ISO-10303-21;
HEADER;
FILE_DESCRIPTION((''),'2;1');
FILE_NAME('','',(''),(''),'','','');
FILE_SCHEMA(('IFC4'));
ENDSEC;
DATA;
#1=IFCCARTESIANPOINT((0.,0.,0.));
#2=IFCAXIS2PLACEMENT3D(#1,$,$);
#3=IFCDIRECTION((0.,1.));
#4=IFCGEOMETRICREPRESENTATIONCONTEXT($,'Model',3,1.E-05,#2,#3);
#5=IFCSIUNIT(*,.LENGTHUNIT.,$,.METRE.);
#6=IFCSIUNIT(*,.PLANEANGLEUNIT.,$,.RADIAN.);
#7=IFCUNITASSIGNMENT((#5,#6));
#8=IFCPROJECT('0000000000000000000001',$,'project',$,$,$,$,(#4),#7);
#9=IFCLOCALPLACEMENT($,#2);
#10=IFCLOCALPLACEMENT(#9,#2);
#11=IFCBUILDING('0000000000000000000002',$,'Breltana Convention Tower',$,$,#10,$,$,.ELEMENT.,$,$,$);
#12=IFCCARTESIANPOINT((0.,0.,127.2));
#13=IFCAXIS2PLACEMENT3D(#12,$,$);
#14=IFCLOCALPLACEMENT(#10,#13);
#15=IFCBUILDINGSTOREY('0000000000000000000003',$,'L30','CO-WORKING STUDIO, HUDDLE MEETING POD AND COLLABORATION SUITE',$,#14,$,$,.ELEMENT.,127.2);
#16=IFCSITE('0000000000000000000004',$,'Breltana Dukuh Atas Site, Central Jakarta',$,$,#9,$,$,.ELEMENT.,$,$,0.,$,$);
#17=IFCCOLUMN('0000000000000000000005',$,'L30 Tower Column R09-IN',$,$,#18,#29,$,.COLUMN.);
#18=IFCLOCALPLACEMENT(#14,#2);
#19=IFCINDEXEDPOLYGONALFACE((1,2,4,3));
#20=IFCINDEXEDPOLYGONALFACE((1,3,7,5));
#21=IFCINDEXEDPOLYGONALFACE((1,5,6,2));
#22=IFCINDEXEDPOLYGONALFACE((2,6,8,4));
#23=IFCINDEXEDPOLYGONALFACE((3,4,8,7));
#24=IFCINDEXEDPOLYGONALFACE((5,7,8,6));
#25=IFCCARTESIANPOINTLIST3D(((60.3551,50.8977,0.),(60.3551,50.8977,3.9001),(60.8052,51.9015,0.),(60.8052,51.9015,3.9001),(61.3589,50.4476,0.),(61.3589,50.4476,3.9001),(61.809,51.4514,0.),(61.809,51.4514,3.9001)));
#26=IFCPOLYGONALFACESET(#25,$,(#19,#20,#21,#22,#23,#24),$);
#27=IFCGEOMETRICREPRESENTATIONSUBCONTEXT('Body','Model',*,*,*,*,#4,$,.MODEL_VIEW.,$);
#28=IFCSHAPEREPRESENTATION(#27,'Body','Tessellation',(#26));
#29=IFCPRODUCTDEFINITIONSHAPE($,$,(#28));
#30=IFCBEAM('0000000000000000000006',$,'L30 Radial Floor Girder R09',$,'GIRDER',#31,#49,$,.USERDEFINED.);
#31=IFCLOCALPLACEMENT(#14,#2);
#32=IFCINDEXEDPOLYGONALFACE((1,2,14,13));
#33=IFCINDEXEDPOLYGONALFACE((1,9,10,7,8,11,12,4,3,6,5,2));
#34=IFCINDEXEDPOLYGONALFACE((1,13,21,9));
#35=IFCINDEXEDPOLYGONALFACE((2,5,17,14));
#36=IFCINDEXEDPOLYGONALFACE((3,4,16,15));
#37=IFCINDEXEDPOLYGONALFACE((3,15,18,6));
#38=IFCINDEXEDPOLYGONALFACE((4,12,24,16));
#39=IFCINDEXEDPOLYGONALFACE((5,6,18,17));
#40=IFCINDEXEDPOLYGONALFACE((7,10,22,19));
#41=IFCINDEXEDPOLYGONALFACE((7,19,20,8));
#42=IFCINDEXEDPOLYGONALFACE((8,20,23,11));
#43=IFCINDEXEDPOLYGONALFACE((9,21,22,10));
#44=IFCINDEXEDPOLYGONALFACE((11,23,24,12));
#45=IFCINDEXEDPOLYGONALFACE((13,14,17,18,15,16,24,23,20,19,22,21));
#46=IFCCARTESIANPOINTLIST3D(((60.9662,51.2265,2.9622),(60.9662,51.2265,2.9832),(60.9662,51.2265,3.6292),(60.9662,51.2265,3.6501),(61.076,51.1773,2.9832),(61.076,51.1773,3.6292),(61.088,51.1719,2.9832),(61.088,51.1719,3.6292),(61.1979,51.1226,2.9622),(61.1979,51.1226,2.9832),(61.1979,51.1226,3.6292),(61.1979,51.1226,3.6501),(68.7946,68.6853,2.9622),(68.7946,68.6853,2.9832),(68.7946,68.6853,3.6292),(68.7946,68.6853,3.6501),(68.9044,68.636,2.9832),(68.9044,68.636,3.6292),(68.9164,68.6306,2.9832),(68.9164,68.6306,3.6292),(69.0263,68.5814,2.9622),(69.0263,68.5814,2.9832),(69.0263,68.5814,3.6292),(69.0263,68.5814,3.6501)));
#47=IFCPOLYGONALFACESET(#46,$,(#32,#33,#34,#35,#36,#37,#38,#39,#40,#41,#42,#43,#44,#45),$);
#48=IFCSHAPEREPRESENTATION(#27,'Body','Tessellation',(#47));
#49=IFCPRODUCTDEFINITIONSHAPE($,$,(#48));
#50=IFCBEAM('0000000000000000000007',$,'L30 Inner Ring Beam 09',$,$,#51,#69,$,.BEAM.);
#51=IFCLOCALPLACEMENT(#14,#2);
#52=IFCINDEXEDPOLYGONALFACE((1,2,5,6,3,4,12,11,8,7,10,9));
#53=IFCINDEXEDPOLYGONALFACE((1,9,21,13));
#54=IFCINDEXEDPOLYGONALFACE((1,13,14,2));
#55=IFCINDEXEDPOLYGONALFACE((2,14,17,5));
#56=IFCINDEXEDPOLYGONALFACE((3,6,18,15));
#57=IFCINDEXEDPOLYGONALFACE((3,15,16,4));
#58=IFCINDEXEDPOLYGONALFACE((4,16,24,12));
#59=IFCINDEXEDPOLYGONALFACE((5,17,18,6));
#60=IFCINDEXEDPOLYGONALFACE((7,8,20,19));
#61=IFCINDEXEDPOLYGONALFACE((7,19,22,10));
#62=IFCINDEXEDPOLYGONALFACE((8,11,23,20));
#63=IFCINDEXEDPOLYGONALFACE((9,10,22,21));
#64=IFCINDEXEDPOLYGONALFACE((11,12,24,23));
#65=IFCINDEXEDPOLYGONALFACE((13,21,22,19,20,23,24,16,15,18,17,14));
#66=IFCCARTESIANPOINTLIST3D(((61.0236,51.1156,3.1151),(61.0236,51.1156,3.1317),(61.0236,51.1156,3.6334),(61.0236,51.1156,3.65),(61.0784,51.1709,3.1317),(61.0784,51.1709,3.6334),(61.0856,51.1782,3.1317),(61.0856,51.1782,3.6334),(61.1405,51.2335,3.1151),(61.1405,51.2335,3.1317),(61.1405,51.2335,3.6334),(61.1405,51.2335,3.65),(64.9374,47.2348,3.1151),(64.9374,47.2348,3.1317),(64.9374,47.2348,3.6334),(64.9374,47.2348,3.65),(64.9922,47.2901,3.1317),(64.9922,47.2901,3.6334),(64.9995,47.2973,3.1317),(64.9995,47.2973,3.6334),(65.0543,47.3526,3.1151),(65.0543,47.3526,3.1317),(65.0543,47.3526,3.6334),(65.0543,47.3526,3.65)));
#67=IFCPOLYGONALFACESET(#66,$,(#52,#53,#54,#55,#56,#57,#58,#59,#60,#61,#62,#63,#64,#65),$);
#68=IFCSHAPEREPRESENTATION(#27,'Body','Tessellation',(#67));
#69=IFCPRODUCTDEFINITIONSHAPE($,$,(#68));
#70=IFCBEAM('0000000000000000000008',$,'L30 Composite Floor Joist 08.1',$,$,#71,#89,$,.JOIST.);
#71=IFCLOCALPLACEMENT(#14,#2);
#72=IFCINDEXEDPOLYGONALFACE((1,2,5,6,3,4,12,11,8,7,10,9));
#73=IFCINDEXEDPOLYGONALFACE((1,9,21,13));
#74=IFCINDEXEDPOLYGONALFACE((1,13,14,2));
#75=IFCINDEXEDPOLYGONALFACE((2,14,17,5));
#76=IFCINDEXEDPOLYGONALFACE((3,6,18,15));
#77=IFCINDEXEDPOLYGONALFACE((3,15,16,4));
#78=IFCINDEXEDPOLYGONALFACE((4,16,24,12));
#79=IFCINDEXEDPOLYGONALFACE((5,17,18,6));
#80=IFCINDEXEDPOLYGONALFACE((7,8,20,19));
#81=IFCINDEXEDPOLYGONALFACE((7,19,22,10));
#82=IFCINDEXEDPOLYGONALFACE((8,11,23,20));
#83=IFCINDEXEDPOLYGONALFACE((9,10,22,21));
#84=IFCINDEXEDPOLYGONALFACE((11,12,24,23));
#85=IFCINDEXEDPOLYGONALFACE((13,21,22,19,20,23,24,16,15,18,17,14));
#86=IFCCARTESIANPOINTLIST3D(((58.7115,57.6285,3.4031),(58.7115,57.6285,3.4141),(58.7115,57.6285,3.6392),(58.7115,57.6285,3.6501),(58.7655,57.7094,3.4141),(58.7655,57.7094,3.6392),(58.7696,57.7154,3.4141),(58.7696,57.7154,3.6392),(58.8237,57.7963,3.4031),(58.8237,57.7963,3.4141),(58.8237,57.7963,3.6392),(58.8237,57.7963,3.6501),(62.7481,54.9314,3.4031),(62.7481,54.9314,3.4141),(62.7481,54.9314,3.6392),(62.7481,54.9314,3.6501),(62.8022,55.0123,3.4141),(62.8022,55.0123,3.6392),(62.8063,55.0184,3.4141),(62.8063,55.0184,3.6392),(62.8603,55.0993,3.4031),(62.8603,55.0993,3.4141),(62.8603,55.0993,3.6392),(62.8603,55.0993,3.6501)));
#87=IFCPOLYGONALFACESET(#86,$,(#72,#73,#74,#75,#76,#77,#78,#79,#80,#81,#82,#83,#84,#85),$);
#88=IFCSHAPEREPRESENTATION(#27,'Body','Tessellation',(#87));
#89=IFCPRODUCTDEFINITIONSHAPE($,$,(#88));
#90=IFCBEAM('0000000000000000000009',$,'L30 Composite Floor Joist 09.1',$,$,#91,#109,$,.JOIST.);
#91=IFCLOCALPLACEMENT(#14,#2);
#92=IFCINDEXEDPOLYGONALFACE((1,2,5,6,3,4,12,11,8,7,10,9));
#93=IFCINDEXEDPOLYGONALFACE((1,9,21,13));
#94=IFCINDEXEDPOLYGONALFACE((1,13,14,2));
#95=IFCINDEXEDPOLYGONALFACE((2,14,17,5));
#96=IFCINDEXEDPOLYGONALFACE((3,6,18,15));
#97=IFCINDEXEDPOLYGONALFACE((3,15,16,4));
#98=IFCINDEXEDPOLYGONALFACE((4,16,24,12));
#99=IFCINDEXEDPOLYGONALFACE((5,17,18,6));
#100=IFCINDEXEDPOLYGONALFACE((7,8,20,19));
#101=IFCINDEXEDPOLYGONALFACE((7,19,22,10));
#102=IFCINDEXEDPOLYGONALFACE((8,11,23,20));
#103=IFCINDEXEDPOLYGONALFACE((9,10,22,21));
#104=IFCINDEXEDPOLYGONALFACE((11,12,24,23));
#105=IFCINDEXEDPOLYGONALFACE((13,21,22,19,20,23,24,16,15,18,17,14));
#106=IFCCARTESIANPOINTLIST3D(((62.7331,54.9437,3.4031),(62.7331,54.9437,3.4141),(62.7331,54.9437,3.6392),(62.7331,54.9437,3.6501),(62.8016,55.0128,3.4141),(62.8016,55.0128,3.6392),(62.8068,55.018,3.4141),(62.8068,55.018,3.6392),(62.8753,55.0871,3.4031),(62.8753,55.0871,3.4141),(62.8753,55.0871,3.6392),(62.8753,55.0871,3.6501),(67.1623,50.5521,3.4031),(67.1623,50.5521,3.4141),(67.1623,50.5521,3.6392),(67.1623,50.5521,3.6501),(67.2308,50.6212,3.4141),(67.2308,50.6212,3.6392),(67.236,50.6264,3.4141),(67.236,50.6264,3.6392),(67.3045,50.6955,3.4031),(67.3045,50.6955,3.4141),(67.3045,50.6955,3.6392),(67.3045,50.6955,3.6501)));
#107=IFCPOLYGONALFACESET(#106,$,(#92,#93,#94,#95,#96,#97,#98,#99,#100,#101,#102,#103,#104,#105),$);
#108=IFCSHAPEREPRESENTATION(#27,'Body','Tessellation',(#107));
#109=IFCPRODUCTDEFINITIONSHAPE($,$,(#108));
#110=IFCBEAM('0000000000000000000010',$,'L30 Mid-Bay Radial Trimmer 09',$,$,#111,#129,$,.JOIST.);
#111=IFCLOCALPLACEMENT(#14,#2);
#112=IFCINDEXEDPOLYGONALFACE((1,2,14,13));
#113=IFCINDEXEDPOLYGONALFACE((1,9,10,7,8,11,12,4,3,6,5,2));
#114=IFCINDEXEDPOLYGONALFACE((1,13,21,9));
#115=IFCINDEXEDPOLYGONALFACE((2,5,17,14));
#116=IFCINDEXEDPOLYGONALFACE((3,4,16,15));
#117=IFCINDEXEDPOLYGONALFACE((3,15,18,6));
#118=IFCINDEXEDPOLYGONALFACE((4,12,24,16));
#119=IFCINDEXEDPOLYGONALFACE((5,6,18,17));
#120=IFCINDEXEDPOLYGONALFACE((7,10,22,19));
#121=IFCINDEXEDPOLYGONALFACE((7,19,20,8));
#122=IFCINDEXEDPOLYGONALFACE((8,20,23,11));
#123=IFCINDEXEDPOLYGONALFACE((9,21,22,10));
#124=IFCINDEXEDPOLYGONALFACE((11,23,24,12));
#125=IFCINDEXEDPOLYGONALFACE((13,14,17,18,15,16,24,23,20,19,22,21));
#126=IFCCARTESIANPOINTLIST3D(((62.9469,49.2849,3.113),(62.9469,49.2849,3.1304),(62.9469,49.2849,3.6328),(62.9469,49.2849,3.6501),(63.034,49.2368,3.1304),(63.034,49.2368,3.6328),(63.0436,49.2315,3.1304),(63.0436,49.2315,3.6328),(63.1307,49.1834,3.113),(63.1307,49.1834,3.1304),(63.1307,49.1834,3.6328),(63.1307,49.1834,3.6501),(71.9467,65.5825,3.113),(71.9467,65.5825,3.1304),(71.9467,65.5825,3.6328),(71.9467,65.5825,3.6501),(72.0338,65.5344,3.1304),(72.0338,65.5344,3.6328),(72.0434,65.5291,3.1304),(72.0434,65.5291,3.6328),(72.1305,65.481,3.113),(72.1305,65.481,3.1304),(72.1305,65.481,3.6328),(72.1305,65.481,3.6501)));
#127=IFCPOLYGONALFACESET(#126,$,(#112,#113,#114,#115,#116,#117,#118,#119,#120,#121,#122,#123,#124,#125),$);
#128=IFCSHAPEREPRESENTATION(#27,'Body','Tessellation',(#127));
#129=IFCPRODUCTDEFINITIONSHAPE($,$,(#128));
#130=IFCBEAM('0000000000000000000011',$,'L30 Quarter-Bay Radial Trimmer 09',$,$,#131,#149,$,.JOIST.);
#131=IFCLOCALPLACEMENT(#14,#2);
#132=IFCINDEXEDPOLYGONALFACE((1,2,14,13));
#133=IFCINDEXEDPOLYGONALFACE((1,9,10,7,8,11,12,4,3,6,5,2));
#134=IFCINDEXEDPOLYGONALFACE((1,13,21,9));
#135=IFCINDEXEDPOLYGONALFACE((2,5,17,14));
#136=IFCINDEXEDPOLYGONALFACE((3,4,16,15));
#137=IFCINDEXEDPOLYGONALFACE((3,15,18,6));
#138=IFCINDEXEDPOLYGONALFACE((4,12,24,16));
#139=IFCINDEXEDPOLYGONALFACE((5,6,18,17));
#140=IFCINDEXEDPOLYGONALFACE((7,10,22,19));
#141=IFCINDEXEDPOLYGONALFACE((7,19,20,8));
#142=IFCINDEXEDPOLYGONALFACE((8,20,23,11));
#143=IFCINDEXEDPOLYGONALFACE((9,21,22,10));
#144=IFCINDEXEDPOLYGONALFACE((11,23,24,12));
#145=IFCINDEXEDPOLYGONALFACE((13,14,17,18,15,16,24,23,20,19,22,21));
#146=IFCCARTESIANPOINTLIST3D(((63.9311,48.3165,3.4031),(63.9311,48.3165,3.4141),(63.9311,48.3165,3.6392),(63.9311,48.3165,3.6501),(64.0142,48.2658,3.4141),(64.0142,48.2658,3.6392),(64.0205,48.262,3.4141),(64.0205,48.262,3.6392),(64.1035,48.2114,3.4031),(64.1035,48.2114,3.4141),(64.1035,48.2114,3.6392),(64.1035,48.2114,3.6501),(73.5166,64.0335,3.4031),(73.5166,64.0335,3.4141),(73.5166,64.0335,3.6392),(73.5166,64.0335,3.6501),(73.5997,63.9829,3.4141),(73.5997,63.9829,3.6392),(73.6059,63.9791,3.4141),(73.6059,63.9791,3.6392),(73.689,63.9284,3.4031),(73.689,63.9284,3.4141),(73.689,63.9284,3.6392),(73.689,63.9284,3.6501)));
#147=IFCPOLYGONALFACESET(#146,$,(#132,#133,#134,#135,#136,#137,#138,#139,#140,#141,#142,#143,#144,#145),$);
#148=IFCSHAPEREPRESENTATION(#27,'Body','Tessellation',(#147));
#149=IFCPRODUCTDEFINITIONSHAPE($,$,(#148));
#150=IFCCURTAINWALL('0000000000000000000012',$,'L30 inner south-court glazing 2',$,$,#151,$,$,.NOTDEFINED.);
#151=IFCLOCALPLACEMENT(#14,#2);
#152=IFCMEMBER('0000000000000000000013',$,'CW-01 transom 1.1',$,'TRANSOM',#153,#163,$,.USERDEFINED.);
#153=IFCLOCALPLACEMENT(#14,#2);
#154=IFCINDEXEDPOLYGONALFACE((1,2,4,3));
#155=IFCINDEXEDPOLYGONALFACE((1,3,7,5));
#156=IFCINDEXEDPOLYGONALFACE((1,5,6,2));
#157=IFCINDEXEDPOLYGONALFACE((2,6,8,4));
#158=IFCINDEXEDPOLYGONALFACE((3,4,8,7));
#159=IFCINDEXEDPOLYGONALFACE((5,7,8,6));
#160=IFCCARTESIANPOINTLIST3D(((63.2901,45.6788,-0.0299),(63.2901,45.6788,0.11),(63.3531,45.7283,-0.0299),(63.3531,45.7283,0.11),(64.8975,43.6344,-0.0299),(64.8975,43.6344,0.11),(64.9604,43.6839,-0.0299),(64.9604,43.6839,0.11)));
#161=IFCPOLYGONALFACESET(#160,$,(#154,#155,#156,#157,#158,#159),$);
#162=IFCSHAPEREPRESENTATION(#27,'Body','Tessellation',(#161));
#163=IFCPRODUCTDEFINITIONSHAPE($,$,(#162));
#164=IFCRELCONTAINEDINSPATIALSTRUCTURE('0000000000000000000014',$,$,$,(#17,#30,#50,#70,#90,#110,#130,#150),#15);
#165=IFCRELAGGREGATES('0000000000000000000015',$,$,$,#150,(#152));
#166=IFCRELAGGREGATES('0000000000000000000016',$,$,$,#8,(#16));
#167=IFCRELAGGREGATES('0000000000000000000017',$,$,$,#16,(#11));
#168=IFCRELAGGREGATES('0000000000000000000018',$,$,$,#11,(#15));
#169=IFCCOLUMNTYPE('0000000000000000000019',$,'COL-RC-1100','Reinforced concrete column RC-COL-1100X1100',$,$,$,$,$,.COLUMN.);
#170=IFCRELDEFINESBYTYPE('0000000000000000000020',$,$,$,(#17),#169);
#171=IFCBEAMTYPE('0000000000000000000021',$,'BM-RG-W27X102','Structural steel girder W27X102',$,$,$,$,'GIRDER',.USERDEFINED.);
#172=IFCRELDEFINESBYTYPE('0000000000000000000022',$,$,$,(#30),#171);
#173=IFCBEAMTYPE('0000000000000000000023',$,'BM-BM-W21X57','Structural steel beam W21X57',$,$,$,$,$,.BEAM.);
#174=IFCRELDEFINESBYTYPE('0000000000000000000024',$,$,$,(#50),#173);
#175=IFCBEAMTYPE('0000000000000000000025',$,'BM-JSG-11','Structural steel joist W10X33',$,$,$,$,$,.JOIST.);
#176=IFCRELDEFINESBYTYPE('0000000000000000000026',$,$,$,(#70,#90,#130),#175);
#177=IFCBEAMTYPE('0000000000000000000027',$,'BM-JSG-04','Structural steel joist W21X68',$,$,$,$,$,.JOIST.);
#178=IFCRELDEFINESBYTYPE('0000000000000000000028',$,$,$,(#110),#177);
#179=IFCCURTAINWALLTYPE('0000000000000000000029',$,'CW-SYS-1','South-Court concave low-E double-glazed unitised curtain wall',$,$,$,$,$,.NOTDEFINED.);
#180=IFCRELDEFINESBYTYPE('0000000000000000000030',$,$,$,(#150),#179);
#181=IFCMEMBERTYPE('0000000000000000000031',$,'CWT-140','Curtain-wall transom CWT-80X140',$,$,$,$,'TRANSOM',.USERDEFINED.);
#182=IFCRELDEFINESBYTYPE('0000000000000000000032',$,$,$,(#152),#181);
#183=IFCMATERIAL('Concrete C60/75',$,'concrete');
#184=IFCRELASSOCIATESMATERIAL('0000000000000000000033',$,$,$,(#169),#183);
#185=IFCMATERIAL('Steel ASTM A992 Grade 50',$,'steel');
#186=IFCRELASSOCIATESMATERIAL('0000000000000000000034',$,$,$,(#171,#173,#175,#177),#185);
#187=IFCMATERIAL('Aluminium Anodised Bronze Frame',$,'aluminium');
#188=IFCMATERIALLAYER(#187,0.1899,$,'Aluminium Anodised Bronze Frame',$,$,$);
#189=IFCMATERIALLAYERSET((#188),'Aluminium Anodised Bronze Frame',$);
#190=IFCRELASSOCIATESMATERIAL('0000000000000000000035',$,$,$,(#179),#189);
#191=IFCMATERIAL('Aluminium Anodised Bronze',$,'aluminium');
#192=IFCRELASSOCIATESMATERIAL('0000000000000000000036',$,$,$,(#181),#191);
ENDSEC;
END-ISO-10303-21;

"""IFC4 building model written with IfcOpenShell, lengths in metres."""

from ifc_helpers import new_model, si_unit, direction, frame, origin, origin_2d, place, context, subcontext, project, spatial, rectangle, i_section, extrude, source, transform, mapped, material, layer, layer_set, material_profile, profile_set, type_object, element, aggregate, save


model = new_model("IFC4")

# Units and contexts
model_context = context("Model", 3, precision=1e-05, world=origin(), true_north=direction((0.0, 1.0)))
body_context = subcontext(model_context, "Body", "Model", "MODEL_VIEW")
ifc_project = project(units=[si_unit("LENGTHUNIT", "METRE"), si_unit("PLANEANGLEUNIT", "RADIAN")], contexts=[model_context])

# Site, building, storey
site_placement = place(None, origin())
site = spatial("IfcSite", under=ifc_project, at=site_placement, Name="Breltana Dukuh Atas Site, Central Jakarta", CompositionType="ELEMENT", RefElevation=0.0)
building_placement = place(site_placement, origin())
building = spatial("IfcBuilding", under=site, at=building_placement, Name="Breltana Convention Tower", CompositionType="ELEMENT")
storey_placement = place(building_placement, frame((0.0, 0.0, 127.2)))
storey = spatial("IfcBuildingStorey", under=building, at=storey_placement, Name="L30", Description="CO-WORKING STUDIO, HUDDLE MEETING POD AND COLLABORATION SUITE", CompositionType="ELEMENT", Elevation=127.2)

# Column
ifc_material_1 = material(Name="Concrete C60/75", Category="concrete")
ifc_material_profile_1 = material_profile(ifc_material_1, rectangle(XDim=1.1001, YDim=1.1001, at=origin_2d()), Name="RC-COL-1100X1100")
ifc_profile_set_1 = profile_set([ifc_material_profile_1], Name="Concrete C60/75")
column_type = type_object("IfcColumnType", Name="COL-RC-1100", Description="Reinforced concrete column RC-COL-1100X1100", PredefinedType="COLUMN", material=ifc_profile_set_1)
shared_shape_1 = source(origin(), body_context, "Body", "SweptSolid", [
    extrude(rectangle(XDim=1.1001, YDim=1.1001, at=origin_2d()), origin(), (0.0, 0.0, 1.0), 3.9001),
])
column_placement = place(storey_placement, frame((61.082, 51.1746, 0.0), z_axis=(0.0, 0.0, 1.0), x_axis=(0.409127, 0.912477, 0.0)))
element("IfcColumn", 1, at=column_placement, inside=storey, type_object=column_type, Name="L30 Tower Column R09-IN", PredefinedType="COLUMN", context=body_context, shape_type="MappedRepresentation", body=[
    mapped(shared_shape_1, transform((0.0, 0.0, 0.0), scale=1.0)),
])

# Beams
ifc_material_2 = material(Name="Steel ASTM A992 Grade 50", Category="steel")
ifc_material_profile_2 = material_profile(ifc_material_2, i_section(OverallWidth=0.2539, OverallDepth=0.688, WebThickness=0.0132, FlangeThickness=0.021, at=origin_2d()), Name="W27X102")
ifc_profile_set_2 = profile_set([ifc_material_profile_2], Name="Steel ASTM A992 Grade 50")
beam_type_1 = type_object("IfcBeamType", Name="BM-RG-W27X102", Description="Structural steel girder W27X102", ElementType="GIRDER", PredefinedType="USERDEFINED", material=ifc_profile_set_2)
shared_shape_2 = source(origin(), body_context, "Body", "SweptSolid", [
    extrude(i_section(OverallWidth=0.2539, OverallDepth=0.688, WebThickness=0.0132, FlangeThickness=0.021, at=origin_2d()), origin(), (0.0, 0.0, 1.0), 19.1335),
])
beam_1_placement = place(storey_placement, frame((61.082, 51.1746, 3.3062), z_axis=(0.409145, 0.91247, 0.0), x_axis=(-0.91247, 0.409145, 0.0)))
element("IfcBeam", 2, at=beam_1_placement, inside=storey, type_object=beam_type_1, Name="L30 Radial Floor Girder R09", ObjectType="GIRDER", PredefinedType="USERDEFINED", context=body_context, shape_type="MappedRepresentation", body=[
    mapped(shared_shape_2, transform((0.0, 0.0, 0.0), scale=1.0)),
])
ifc_material_profile_3 = material_profile(ifc_material_2, i_section(OverallWidth=0.166, OverallDepth=0.5349, WebThickness=0.0103, FlangeThickness=0.0166, at=origin_2d()), Name="W21X57")
ifc_profile_set_3 = profile_set([ifc_material_profile_3], Name="Steel ASTM A992 Grade 50")
beam_type_2 = type_object("IfcBeamType", Name="BM-BM-W21X57", Description="Structural steel beam W21X57", PredefinedType="BEAM", material=ifc_profile_set_3)
shared_shape_3 = source(origin(), body_context, "Body", "SweptSolid", [
    extrude(i_section(OverallWidth=0.166, OverallDepth=0.5349, WebThickness=0.0103, FlangeThickness=0.0166, at=origin_2d()), origin(), (0.0, 0.0, 1.0), 5.5117),
])
beam_2_placement = place(storey_placement, frame((61.082, 51.1746, 3.3826), z_axis=(0.71009, -0.704111, 0.0), x_axis=(0.704111, 0.71009, 0.0)))
element("IfcBeam", 3, at=beam_2_placement, inside=storey, type_object=beam_type_2, Name="L30 Inner Ring Beam 09", PredefinedType="BEAM", context=body_context, shape_type="MappedRepresentation", body=[
    mapped(shared_shape_3, transform((0.0, 0.0, 0.0), scale=1.0)),
])
ifc_material_profile_4 = material_profile(ifc_material_2, i_section(OverallWidth=0.2019, OverallDepth=0.2471, WebThickness=0.0073, FlangeThickness=0.011, at=origin_2d()), Name="W10X33")
ifc_profile_set_4 = profile_set([ifc_material_profile_4], Name="Steel ASTM A992 Grade 50")
beam_type_3 = type_object("IfcBeamType", Name="BM-JSG-11", Description="Structural steel joist W10X33", PredefinedType="JOIST", material=ifc_profile_set_4)
shared_shape_4 = source(origin(), body_context, "Body", "SweptSolid", [
    extrude(i_section(OverallWidth=0.2019, OverallDepth=0.2471, WebThickness=0.0073, FlangeThickness=0.011, at=origin_2d()), origin(), (0.0, 0.0, 1.0), 4.8547),
])
beam_3_placement = place(storey_placement, frame((58.7676, 57.7124, 3.5266), z_axis=(0.831485, -0.555547, 0.0), x_axis=(0.555547, 0.831485, 0.0)))
element("IfcBeam", 4, at=beam_3_placement, inside=storey, type_object=beam_type_3, Name="L30 Composite Floor Joist 08.1", PredefinedType="JOIST", context=body_context, shape_type="MappedRepresentation", body=[
    mapped(shared_shape_4, transform((0.0, 0.0, 0.0), scale=1.0)),
])
shared_shape_5 = source(origin(), body_context, "Body", "SweptSolid", [
    extrude(i_section(OverallWidth=0.2019, OverallDepth=0.2471, WebThickness=0.0073, FlangeThickness=0.011, at=origin_2d()), origin(), (0.0, 0.0, 1.0), 6.2373),
])
beam_4_placement = place(storey_placement, frame((62.8042, 55.0154, 3.5266), z_axis=(0.710114, -0.704086, 0.0), x_axis=(0.704086, 0.710114, 0.0)))
element("IfcBeam", 5, at=beam_4_placement, inside=storey, type_object=beam_type_3, Name="L30 Composite Floor Joist 09.1", PredefinedType="JOIST", context=body_context, shape_type="MappedRepresentation", body=[
    mapped(shared_shape_5, transform((0.0, 0.0, 0.0), scale=1.0)),
])
ifc_material_profile_5 = material_profile(ifc_material_2, i_section(OverallWidth=0.21, OverallDepth=0.5371, WebThickness=0.011, FlangeThickness=0.0173, at=origin_2d()), Name="W21X68")
ifc_profile_set_5 = profile_set([ifc_material_profile_5], Name="Steel ASTM A992 Grade 50")
beam_type_4 = type_object("IfcBeamType", Name="BM-JSG-04", Description="Structural steel joist W21X68", PredefinedType="JOIST", material=ifc_profile_set_5)
shared_shape_6 = source(origin(), body_context, "Body", "SweptSolid", [
    extrude(i_section(OverallWidth=0.21, OverallDepth=0.5371, WebThickness=0.011, FlangeThickness=0.0173, at=origin_2d()), origin(), (0.0, 0.0, 1.0), 18.6174),
])
beam_5_placement = place(storey_placement, frame((63.0388, 49.2341, 3.3816), z_axis=(0.483406, 0.875396, 0.0), x_axis=(-0.875396, 0.483406, 0.0)))
element("IfcBeam", 6, at=beam_5_placement, inside=storey, type_object=beam_type_4, Name="L30 Mid-Bay Radial Trimmer 09", PredefinedType="JOIST", context=body_context, shape_type="MappedRepresentation", body=[
    mapped(shared_shape_6, transform((0.0, 0.0, 0.0), scale=1.0)),
])
shared_shape_7 = source(origin(), body_context, "Body", "SweptSolid", [
    extrude(i_section(OverallWidth=0.2019, OverallDepth=0.2471, WebThickness=0.0073, FlangeThickness=0.011, at=origin_2d()), origin(), (0.0, 0.0, 1.0), 18.4094),
])
beam_6_placement = place(storey_placement, frame((64.0173, 48.2639, 3.5266), z_axis=(0.520682, 0.853751, 0.0), x_axis=(-0.853751, 0.520682, 0.0)))
element("IfcBeam", 7, at=beam_6_placement, inside=storey, type_object=beam_type_3, Name="L30 Quarter-Bay Radial Trimmer 09", PredefinedType="JOIST", context=body_context, shape_type="MappedRepresentation", body=[
    mapped(shared_shape_7, transform((0.0, 0.0, 0.0), scale=1.0)),
])

# Curtain wall, member
ifc_material_3 = material(Name="Aluminium Anodised Bronze Frame", Category="aluminium")
ifc_layer_1 = layer(ifc_material_3, 0.1899, Name="Aluminium Anodised Bronze Frame")
ifc_layer_set_1 = layer_set([ifc_layer_1], Name="Aluminium Anodised Bronze Frame")
curtain_wall_type = type_object("IfcCurtainWallType", Name="CW-SYS-1", Description="South-Court concave low-E double-glazed unitised curtain wall", PredefinedType="NOTDEFINED", material=ifc_layer_set_1)
curtain_wall_1_placement = place(storey_placement, origin())
curtain_wall_1 = element("IfcCurtainWall", 8, at=curtain_wall_1_placement, inside=storey, type_object=curtain_wall_type, Name="L30 inner south-court glazing 2", PredefinedType="NOTDEFINED")
ifc_material_4 = material(Name="Aluminium Anodised Bronze", Category="aluminium")
ifc_material_profile_6 = material_profile(ifc_material_4, rectangle(XDim=0.0801, YDim=0.1399, at=origin_2d()), Name="CWT-80X140")
ifc_profile_set_6 = profile_set([ifc_material_profile_6], Name="Aluminium Anodised Bronze")
member_type_1 = type_object("IfcMemberType", Name="CWT-140", Description="Curtain-wall transom CWT-80X140", ElementType="TRANSOM", PredefinedType="USERDEFINED", material=ifc_profile_set_6)
shared_shape_8 = source(origin(), body_context, "Body", "SweptSolid", [
    extrude(rectangle(XDim=0.0801, YDim=0.1399, at=origin_2d()), origin(), (0.0, 0.0, 1.0), 2.6006),
])
member_1_placement = place(storey_placement, frame((64.929, 43.6592, 0.04), z_axis=(-0.618079, 0.786116, 0.0), x_axis=(-0.786116, -0.618079, 0.0)))
member_1 = element("IfcMember", 9, at=member_1_placement, type_object=member_type_1, Name="CW-01 transom 1.1", ObjectType="TRANSOM", PredefinedType="USERDEFINED", context=body_context, shape_type="MappedRepresentation", body=[
    mapped(shared_shape_8, transform((0.0, 0.0, 0.0), scale=1.0)),
])

aggregate(curtain_wall_1, [member_1])

save(model, "model.ifc")
